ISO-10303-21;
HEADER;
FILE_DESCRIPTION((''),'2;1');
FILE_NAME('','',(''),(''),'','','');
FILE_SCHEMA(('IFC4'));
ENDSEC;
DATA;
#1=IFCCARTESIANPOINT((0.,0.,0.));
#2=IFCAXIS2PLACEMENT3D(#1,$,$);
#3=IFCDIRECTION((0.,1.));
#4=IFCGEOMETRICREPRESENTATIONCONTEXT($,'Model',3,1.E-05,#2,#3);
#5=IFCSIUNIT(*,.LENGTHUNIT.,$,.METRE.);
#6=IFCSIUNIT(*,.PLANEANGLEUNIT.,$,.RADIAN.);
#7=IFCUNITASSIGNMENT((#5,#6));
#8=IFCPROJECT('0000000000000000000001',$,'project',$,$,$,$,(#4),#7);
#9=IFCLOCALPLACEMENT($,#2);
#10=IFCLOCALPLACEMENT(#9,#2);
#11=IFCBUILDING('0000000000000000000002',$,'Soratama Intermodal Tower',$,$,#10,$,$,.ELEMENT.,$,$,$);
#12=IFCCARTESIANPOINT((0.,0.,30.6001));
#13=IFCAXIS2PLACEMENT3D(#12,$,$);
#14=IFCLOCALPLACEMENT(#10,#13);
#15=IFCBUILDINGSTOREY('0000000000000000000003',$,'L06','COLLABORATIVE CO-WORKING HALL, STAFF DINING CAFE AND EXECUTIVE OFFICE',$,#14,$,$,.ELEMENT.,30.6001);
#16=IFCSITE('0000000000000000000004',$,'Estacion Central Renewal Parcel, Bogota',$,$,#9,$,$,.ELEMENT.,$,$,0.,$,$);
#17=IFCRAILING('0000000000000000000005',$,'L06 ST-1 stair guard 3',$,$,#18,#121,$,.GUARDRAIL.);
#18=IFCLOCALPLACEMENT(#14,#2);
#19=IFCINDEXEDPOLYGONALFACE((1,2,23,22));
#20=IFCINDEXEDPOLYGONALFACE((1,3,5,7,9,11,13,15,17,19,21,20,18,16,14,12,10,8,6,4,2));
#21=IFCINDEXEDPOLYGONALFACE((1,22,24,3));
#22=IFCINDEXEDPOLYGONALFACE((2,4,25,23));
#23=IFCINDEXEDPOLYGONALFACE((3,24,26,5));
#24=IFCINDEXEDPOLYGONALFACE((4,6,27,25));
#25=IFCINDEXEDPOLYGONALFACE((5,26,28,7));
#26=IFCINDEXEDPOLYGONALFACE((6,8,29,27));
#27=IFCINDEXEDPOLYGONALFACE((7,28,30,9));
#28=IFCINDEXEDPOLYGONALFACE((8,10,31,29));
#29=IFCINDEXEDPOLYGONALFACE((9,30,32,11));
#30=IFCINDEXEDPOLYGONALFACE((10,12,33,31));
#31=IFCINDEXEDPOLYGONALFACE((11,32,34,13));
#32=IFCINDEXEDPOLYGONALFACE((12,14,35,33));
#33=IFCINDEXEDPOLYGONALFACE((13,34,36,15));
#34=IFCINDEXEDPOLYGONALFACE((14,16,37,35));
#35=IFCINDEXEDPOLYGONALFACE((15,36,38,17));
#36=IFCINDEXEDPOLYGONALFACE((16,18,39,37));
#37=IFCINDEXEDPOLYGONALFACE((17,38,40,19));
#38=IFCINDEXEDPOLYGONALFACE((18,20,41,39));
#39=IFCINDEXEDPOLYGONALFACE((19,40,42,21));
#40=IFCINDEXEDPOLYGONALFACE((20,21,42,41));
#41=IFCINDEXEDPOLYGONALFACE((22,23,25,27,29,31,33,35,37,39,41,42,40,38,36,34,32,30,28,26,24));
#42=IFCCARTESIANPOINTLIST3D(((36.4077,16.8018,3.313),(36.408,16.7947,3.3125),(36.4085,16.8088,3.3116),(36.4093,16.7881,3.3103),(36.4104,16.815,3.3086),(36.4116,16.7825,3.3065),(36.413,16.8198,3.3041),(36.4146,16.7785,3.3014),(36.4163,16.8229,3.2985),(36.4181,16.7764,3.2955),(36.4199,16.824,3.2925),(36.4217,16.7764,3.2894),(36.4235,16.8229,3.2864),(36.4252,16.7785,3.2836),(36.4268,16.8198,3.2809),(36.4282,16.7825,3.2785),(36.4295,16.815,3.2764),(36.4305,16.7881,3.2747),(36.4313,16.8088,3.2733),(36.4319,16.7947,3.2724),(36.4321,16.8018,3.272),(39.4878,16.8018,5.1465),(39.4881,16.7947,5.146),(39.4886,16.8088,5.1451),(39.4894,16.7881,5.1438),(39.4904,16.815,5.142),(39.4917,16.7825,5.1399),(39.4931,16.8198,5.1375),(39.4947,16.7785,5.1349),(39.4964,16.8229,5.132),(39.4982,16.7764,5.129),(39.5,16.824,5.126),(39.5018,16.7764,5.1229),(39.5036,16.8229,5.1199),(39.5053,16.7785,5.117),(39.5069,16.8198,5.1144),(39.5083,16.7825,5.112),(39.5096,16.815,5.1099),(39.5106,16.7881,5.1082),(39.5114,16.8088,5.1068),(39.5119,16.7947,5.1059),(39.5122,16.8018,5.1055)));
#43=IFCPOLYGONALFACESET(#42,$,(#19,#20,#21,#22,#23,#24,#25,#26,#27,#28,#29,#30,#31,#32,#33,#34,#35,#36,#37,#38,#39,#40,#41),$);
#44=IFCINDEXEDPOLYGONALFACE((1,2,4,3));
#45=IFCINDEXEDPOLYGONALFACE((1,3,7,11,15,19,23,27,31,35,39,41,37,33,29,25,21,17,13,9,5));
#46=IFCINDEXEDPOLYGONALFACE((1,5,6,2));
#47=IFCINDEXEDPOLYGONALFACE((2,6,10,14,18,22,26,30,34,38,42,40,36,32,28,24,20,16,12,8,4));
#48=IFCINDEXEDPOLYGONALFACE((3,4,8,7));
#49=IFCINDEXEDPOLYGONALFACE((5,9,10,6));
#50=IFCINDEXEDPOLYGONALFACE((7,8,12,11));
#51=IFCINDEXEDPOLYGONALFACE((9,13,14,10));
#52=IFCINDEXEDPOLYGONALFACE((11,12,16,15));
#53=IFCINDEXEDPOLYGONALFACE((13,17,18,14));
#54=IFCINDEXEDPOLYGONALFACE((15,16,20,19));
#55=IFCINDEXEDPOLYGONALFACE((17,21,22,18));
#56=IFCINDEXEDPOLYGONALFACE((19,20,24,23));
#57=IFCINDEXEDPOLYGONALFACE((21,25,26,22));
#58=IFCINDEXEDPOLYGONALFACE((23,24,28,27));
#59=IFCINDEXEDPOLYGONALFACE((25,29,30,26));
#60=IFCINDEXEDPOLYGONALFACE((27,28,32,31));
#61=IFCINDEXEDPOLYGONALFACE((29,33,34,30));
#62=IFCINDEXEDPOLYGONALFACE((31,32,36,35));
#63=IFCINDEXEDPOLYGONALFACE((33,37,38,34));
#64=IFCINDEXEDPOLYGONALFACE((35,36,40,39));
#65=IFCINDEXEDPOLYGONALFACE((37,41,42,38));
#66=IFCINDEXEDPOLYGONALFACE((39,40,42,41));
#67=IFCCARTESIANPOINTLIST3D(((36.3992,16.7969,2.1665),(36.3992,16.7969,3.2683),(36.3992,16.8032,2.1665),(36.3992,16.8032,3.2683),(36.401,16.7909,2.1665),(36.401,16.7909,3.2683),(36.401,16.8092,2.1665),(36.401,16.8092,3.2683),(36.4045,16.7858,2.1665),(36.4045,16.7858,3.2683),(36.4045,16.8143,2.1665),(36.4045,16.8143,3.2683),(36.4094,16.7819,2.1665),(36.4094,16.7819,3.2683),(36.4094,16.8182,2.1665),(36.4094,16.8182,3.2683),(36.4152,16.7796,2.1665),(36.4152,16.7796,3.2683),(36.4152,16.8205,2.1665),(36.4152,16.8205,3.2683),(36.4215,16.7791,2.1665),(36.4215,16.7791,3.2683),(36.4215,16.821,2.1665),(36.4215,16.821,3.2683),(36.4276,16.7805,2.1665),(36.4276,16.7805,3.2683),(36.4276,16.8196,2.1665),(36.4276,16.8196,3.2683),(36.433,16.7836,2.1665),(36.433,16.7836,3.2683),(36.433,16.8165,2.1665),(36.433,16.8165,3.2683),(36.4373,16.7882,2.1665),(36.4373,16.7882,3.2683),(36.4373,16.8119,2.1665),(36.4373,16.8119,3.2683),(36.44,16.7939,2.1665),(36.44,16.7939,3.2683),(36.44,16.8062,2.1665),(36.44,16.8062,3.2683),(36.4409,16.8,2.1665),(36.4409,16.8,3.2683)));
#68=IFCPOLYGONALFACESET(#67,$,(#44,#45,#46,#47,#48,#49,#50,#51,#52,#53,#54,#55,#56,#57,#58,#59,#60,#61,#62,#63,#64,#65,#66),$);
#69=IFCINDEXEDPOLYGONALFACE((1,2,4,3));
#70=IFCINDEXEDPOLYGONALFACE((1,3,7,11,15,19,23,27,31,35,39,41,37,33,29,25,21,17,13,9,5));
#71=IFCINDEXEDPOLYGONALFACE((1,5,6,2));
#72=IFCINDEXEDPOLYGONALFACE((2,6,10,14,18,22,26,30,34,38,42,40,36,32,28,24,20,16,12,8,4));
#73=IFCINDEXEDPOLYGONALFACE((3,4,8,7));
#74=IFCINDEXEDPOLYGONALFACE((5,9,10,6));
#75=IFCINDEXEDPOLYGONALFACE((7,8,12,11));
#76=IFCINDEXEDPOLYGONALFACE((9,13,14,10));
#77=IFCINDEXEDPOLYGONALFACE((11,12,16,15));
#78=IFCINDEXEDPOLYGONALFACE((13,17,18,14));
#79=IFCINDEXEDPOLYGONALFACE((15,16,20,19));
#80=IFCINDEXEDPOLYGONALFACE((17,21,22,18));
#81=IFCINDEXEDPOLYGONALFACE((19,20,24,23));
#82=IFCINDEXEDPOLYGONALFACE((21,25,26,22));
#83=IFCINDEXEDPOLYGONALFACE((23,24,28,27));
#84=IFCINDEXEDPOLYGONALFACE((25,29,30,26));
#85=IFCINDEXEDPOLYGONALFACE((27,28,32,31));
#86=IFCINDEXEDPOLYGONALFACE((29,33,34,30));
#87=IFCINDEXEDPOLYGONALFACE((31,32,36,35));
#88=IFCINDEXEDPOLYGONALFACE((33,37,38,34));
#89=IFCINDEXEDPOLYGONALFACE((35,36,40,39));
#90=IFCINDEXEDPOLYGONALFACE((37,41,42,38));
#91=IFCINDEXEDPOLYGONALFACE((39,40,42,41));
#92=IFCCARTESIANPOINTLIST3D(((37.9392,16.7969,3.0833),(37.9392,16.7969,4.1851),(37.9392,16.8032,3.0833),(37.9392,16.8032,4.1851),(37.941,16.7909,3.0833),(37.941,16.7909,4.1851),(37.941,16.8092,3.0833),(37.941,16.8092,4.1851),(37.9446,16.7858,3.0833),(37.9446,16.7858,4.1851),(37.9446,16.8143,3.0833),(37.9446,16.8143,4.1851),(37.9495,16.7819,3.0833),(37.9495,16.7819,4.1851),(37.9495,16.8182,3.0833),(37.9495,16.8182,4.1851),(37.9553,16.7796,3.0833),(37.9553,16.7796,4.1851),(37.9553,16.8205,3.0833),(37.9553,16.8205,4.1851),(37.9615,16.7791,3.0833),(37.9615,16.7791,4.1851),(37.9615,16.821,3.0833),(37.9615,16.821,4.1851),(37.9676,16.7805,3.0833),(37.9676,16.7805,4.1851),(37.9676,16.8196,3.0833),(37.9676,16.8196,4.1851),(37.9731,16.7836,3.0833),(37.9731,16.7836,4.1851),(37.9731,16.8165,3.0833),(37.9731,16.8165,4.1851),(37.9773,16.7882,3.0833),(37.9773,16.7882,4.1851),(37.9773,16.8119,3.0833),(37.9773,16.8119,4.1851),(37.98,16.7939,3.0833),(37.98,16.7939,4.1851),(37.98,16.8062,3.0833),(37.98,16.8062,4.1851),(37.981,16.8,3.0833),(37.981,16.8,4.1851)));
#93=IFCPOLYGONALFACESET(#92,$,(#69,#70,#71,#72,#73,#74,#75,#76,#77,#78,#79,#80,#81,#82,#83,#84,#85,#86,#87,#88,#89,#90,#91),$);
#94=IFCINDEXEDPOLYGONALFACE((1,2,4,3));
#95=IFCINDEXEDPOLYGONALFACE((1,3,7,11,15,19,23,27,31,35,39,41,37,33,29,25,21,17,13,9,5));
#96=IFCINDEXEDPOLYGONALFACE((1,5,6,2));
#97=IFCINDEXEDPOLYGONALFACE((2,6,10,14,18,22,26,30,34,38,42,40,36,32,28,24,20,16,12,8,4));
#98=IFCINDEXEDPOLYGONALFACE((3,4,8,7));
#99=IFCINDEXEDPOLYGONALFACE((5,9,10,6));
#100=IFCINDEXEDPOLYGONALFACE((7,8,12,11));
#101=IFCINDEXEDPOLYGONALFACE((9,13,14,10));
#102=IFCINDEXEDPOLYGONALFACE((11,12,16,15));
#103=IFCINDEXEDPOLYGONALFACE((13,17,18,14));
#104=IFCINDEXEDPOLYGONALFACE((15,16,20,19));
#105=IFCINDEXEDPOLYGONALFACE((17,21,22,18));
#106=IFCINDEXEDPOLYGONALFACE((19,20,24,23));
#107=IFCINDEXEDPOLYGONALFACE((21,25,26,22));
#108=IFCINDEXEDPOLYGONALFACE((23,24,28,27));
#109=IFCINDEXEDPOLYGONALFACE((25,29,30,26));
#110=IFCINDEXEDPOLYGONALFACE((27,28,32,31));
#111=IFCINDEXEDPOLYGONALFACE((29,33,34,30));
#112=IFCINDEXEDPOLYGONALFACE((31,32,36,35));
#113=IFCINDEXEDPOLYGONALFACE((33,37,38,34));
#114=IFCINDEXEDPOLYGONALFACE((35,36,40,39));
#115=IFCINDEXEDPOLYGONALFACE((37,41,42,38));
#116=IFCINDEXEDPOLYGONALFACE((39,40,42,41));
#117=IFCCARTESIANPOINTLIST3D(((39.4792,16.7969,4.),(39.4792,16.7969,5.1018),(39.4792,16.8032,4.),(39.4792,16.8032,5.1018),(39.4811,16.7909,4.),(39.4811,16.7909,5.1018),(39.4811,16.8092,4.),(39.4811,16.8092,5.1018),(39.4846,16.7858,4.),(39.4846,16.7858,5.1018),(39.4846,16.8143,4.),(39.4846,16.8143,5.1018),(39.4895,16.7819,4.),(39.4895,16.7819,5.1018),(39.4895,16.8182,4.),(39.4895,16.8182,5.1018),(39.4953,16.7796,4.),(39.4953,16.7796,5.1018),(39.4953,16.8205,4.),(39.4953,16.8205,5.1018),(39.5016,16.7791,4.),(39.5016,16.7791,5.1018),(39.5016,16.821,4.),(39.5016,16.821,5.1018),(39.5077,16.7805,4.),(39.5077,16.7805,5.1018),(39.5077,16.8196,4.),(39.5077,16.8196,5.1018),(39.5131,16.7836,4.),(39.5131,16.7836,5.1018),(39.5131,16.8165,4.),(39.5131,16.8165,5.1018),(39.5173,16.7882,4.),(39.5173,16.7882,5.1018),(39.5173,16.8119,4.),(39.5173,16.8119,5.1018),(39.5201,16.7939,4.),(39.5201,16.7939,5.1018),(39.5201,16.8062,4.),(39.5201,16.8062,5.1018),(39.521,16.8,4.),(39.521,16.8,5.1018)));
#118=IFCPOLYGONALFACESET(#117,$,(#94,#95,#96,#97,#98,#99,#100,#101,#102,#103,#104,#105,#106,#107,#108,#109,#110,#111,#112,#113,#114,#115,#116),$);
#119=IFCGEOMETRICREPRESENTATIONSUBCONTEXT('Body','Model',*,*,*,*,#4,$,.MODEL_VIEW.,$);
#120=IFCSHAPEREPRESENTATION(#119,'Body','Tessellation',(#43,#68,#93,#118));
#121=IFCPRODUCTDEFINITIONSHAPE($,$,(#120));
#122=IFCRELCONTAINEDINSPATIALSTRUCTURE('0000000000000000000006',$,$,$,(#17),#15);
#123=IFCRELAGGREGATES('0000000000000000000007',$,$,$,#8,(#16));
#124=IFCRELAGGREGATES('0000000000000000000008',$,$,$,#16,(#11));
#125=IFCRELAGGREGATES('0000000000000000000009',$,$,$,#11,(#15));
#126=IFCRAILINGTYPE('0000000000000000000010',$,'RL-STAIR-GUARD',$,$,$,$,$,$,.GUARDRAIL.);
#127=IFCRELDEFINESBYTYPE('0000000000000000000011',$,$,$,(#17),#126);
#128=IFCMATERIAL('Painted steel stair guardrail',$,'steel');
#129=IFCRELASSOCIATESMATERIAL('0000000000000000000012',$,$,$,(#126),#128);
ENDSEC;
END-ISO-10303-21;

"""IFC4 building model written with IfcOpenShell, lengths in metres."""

from ifc_helpers import new_model, si_unit, direction, frame, origin, origin_2d, place, context, subcontext, project, spatial, circle, extrude, material, type_object, element, save


model = new_model("IFC4")

# Units and contexts
model_context = context("Model", 3, precision=1e-05, world=origin(), true_north=direction((0.0, 1.0)))
body_context = subcontext(model_context, "Body", "Model", "MODEL_VIEW")
ifc_project = project(units=[si_unit("LENGTHUNIT", "METRE"), si_unit("PLANEANGLEUNIT", "RADIAN")], contexts=[model_context])

# Site, building, storey
site_placement = place(None, origin())
site = spatial("IfcSite", under=ifc_project, at=site_placement, Name="Estacion Central Renewal Parcel, Bogota", CompositionType="ELEMENT", RefElevation=0.0)
building_placement = place(site_placement, origin())
building = spatial("IfcBuilding", under=site, at=building_placement, Name="Soratama Intermodal Tower", CompositionType="ELEMENT")
storey_placement = place(building_placement, frame((0.0, 0.0, 30.6001)))
storey = spatial("IfcBuildingStorey", under=building, at=storey_placement, Name="L06", Description="COLLABORATIVE CO-WORKING HALL, STAFF DINING CAFE AND EXECUTIVE OFFICE", CompositionType="ELEMENT", Elevation=30.6001)

# Railing
ifc_material_1 = material(Name="Painted steel stair guardrail", Category="steel")
railing_type_1 = type_object("IfcRailingType", Name="RL-STAIR-GUARD", PredefinedType="GUARDRAIL", material=ifc_material_1)
railing_1_placement = place(storey_placement, frame((36.4199, 16.8, 2.1665)))
element("IfcRailing", 1, at=railing_1_placement, inside=storey, type_object=railing_type_1, Name="L06 ST-1 stair guard 3", PredefinedType="GUARDRAIL", context=body_context, shape_type="SweptSolid", body=[
    extrude(circle(Radius=0.0239, at=origin_2d()), frame((0.0, 0.0, 1.126), z_axis=(0.859279, 0.0, 0.511508), x_axis=(0.0, 1.0, 0.0)), (0.0, 0.0, 1.0), 3.5845),
    extrude(circle(Radius=0.021, at=origin_2d()), origin(), (0.0, 0.0, 1.0), 1.1018),
    extrude(circle(Radius=0.021, at=origin_2d()), frame((1.54, 0.0, 0.9167)), (0.0, 0.0, 1.0), 1.1018),
    extrude(circle(Radius=0.021, at=origin_2d()), frame((3.0801, 0.0, 1.8335)), (0.0, 0.0, 1.0), 1.1018),
])

save(model, "model.ifc")
